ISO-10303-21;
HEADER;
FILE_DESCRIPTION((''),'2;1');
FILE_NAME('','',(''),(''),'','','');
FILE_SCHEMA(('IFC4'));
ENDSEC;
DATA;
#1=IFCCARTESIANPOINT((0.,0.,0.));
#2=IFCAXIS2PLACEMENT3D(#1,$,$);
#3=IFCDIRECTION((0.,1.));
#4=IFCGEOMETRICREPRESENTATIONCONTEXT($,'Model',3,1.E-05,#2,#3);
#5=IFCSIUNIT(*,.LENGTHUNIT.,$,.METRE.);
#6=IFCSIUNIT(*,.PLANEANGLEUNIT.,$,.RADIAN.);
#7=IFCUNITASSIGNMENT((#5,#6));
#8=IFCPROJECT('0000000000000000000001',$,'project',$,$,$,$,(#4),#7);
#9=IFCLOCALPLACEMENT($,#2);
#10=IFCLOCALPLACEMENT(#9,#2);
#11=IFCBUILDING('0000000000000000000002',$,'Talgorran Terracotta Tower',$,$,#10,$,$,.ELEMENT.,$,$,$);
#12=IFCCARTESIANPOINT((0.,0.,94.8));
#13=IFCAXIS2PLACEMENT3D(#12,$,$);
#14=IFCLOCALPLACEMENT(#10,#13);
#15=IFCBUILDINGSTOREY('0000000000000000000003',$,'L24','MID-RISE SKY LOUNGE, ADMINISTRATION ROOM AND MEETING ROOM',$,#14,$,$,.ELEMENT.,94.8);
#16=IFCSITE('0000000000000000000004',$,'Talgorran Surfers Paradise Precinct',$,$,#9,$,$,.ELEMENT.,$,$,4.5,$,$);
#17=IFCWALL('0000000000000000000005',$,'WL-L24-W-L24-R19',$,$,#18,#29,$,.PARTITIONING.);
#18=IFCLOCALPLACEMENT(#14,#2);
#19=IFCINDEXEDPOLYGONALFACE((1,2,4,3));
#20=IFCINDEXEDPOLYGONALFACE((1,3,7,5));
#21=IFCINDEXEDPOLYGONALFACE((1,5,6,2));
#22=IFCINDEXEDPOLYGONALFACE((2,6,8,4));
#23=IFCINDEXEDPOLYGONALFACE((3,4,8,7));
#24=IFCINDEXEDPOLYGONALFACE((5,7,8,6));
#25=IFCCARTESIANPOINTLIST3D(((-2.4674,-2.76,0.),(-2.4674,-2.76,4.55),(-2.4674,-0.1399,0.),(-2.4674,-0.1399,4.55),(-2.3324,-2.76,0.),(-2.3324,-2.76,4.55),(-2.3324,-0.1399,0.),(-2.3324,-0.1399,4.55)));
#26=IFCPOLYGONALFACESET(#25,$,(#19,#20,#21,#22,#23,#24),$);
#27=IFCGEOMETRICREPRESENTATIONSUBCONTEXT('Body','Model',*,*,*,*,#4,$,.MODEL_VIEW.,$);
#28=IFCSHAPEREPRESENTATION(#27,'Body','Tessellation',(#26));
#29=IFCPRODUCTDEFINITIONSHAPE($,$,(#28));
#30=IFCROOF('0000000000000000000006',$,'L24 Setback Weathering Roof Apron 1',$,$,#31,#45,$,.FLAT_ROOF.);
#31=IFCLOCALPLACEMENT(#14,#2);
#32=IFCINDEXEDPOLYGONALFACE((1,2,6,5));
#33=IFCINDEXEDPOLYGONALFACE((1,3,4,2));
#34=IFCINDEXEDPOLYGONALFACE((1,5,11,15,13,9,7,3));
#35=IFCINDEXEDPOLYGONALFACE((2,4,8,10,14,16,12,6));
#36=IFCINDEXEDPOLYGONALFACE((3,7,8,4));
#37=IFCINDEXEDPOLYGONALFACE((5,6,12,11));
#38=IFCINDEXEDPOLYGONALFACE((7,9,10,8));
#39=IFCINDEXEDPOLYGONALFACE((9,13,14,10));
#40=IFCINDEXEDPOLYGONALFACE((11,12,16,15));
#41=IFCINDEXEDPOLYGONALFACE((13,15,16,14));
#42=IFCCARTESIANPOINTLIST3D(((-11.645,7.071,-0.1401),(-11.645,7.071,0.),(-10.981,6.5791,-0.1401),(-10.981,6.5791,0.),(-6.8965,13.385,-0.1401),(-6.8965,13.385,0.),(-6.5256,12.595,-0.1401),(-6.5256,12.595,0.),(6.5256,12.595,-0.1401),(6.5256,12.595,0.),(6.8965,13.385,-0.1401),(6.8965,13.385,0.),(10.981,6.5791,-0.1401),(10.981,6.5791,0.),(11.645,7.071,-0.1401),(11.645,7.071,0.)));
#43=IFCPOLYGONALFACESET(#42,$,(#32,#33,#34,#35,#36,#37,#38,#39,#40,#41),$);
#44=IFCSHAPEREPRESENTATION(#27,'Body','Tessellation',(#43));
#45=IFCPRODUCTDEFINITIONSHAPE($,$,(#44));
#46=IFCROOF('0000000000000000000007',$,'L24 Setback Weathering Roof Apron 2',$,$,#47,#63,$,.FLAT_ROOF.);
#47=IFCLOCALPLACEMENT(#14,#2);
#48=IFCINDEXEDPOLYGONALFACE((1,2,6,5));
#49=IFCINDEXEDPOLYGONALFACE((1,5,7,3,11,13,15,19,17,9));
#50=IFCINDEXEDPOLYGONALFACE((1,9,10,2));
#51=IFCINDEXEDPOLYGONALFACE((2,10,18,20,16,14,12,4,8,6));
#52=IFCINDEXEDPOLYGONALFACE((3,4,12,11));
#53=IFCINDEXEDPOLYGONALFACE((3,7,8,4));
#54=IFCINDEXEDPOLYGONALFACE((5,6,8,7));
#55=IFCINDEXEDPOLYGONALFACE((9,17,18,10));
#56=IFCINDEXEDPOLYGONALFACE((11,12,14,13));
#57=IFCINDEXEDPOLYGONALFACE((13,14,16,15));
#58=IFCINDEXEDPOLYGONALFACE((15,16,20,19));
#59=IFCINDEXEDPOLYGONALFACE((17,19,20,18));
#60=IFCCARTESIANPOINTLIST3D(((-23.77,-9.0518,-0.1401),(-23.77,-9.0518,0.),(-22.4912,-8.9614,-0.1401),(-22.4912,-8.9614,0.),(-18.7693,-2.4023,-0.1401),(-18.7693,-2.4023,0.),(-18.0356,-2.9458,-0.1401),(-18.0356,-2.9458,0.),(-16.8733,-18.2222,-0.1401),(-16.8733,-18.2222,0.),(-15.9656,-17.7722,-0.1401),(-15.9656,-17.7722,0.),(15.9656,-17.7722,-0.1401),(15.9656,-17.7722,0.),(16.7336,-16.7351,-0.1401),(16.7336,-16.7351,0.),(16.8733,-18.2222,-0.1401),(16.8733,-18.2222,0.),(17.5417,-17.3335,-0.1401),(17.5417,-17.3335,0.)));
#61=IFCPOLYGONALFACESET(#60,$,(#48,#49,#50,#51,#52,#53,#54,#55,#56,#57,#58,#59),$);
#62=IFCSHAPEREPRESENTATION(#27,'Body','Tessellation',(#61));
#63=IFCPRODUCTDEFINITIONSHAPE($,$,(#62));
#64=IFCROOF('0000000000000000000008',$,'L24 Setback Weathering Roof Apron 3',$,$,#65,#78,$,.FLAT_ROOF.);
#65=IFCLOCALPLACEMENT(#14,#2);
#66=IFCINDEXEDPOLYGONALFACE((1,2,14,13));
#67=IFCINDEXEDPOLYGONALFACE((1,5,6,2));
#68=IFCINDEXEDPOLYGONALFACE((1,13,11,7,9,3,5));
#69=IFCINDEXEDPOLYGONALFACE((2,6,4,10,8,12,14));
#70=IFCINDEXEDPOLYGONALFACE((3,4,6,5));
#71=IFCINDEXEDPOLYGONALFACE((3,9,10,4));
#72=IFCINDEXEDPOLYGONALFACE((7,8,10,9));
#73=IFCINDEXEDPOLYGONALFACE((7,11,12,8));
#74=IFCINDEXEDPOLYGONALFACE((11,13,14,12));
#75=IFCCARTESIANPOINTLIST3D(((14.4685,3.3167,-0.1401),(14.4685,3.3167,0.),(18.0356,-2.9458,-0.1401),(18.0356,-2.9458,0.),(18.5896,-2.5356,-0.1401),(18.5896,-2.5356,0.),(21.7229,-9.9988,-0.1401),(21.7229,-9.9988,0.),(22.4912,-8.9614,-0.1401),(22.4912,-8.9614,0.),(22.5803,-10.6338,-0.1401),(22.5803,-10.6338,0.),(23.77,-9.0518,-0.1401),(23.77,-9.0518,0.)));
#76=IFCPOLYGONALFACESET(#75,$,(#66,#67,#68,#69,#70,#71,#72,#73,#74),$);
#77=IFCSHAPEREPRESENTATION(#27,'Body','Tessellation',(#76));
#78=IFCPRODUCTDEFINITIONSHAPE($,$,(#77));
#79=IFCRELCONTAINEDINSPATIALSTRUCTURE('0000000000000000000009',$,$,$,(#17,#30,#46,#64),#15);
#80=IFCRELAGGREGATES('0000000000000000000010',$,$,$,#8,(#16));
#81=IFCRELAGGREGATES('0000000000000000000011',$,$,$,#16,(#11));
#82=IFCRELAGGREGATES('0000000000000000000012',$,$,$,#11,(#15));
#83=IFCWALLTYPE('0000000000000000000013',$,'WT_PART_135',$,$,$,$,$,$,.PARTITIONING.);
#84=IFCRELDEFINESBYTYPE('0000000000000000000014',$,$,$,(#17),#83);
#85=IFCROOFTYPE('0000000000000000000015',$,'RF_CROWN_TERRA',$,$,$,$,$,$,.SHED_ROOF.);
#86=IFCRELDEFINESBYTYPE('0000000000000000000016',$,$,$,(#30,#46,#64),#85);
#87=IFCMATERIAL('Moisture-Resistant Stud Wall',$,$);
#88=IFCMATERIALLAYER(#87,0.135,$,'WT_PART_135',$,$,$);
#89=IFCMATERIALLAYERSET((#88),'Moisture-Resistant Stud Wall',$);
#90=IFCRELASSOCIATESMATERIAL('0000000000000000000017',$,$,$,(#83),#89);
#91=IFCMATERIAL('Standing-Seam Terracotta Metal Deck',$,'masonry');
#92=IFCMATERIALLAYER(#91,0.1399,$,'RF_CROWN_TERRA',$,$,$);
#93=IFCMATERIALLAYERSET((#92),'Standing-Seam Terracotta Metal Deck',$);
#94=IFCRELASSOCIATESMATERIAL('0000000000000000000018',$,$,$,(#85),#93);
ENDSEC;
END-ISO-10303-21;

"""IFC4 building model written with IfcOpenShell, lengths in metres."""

from ifc_helpers import new_model, si_unit, direction, frame, frame_2d, origin, place, context, subcontext, project, spatial, polyline, rectangle, outline, extrude, material, layer, layer_set, type_object, element, save


model = new_model("IFC4")

# Units and contexts
model_context = context("Model", 3, precision=1e-05, world=origin(), true_north=direction((0.0, 1.0)))
body_context = subcontext(model_context, "Body", "Model", "MODEL_VIEW")
ifc_project = project(units=[si_unit("LENGTHUNIT", "METRE"), si_unit("PLANEANGLEUNIT", "RADIAN")], contexts=[model_context])

# Site, building, storey
site_placement = place(None, origin())
site = spatial("IfcSite", under=ifc_project, at=site_placement, Name="Talgorran Surfers Paradise Precinct", CompositionType="ELEMENT", RefElevation=4.5)
building_placement = place(site_placement, origin())
building = spatial("IfcBuilding", under=site, at=building_placement, Name="Talgorran Terracotta Tower", CompositionType="ELEMENT")
storey_placement = place(building_placement, frame((0.0, 0.0, 94.8)))
storey = spatial("IfcBuildingStorey", under=building, at=storey_placement, Name="L24", Description="MID-RISE SKY LOUNGE, ADMINISTRATION ROOM AND MEETING ROOM", CompositionType="ELEMENT", Elevation=94.8)

# Wall
ifc_material_1 = material(Name="Moisture-Resistant Stud Wall")
ifc_layer_1 = layer(ifc_material_1, 0.135, Name="WT_PART_135")
ifc_layer_set_1 = layer_set([ifc_layer_1], Name="Moisture-Resistant Stud Wall")
wall_type_1 = type_object("IfcWallType", Name="WT_PART_135", PredefinedType="PARTITIONING", material=ifc_layer_set_1)
wall_1_placement = place(storey_placement, frame((-2.3999, -2.76, 0.0), z_axis=(0.0, 0.0, 1.0), x_axis=(0.0, 1.0, 0.0)))
element("IfcWall", 1, at=wall_1_placement, inside=storey, type_object=wall_type_1, Name="WL-L24-W-L24-R19", PredefinedType="PARTITIONING", context=body_context, shape_type="SweptSolid", body=[
    extrude(rectangle(XDim=2.6201, YDim=0.135, at=frame_2d((1.3101, 0.0))), origin(), (0.0, 0.0, 1.0), 4.55),
])

# Roofs
ifc_material_2 = material(Name="Standing-Seam Terracotta Metal Deck", Category="masonry")
ifc_layer_2 = layer(ifc_material_2, 0.1399, Name="RF_CROWN_TERRA")
ifc_layer_set_2 = layer_set([ifc_layer_2], Name="Standing-Seam Terracotta Metal Deck")
roof_type = type_object("IfcRoofType", Name="RF_CROWN_TERRA", PredefinedType="SHED_ROOF", material=ifc_layer_set_2)
roof_1_placement = place(storey_placement, frame((0.0, 0.0, -0.1401)))
element("IfcRoof", 2, at=roof_1_placement, inside=storey, type_object=roof_type, Name="L24 Setback Weathering Roof Apron 1", PredefinedType="FLAT_ROOF", context=body_context, shape_type="SweptSolid", body=[
    extrude(outline(polyline([(6.5256, 12.595), (-6.5256, 12.595), (-10.981, 6.5791), (-11.645, 7.071), (-6.8965, 13.385), (6.8965, 13.385), (11.645, 7.071), (10.981, 6.5791), (6.5256, 12.595)])), origin(), (0.0, 0.0, 1.0), 0.1401),
])
roof_2_placement = place(storey_placement, frame((0.0, 0.0, -0.1401)))
element("IfcRoof", 3, at=roof_2_placement, inside=storey, type_object=roof_type, Name="L24 Setback Weathering Roof Apron 2", PredefinedType="FLAT_ROOF", context=body_context, shape_type="SweptSolid", body=[
    extrude(outline(polyline([(-15.9656, -17.7722), (15.9656, -17.7722), (16.7336, -16.7351), (17.5417, -17.3335), (16.8733, -18.2222), (-16.8733, -18.2222), (-23.77, -9.0518), (-18.7693, -2.4023), (-18.0356, -2.9458), (-22.4912, -8.9614), (-15.9656, -17.7722)])), origin(), (0.0, 0.0, 1.0), 0.1401),
])
roof_3_placement = place(storey_placement, frame((0.0, 0.0, -0.1401)))
element("IfcRoof", 4, at=roof_3_placement, inside=storey, type_object=roof_type, Name="L24 Setback Weathering Roof Apron 3", PredefinedType="FLAT_ROOF", context=body_context, shape_type="SweptSolid", body=[
    extrude(outline(polyline([(22.4912, -8.9614), (18.0356, -2.9458), (18.5896, -2.5356), (14.4685, 3.3167), (23.77, -9.0518), (22.5803, -10.6338), (21.7229, -9.9988), (22.4912, -8.9614)])), origin(), (0.0, 0.0, 1.0), 0.1401),
])

save(model, "model.ifc")
